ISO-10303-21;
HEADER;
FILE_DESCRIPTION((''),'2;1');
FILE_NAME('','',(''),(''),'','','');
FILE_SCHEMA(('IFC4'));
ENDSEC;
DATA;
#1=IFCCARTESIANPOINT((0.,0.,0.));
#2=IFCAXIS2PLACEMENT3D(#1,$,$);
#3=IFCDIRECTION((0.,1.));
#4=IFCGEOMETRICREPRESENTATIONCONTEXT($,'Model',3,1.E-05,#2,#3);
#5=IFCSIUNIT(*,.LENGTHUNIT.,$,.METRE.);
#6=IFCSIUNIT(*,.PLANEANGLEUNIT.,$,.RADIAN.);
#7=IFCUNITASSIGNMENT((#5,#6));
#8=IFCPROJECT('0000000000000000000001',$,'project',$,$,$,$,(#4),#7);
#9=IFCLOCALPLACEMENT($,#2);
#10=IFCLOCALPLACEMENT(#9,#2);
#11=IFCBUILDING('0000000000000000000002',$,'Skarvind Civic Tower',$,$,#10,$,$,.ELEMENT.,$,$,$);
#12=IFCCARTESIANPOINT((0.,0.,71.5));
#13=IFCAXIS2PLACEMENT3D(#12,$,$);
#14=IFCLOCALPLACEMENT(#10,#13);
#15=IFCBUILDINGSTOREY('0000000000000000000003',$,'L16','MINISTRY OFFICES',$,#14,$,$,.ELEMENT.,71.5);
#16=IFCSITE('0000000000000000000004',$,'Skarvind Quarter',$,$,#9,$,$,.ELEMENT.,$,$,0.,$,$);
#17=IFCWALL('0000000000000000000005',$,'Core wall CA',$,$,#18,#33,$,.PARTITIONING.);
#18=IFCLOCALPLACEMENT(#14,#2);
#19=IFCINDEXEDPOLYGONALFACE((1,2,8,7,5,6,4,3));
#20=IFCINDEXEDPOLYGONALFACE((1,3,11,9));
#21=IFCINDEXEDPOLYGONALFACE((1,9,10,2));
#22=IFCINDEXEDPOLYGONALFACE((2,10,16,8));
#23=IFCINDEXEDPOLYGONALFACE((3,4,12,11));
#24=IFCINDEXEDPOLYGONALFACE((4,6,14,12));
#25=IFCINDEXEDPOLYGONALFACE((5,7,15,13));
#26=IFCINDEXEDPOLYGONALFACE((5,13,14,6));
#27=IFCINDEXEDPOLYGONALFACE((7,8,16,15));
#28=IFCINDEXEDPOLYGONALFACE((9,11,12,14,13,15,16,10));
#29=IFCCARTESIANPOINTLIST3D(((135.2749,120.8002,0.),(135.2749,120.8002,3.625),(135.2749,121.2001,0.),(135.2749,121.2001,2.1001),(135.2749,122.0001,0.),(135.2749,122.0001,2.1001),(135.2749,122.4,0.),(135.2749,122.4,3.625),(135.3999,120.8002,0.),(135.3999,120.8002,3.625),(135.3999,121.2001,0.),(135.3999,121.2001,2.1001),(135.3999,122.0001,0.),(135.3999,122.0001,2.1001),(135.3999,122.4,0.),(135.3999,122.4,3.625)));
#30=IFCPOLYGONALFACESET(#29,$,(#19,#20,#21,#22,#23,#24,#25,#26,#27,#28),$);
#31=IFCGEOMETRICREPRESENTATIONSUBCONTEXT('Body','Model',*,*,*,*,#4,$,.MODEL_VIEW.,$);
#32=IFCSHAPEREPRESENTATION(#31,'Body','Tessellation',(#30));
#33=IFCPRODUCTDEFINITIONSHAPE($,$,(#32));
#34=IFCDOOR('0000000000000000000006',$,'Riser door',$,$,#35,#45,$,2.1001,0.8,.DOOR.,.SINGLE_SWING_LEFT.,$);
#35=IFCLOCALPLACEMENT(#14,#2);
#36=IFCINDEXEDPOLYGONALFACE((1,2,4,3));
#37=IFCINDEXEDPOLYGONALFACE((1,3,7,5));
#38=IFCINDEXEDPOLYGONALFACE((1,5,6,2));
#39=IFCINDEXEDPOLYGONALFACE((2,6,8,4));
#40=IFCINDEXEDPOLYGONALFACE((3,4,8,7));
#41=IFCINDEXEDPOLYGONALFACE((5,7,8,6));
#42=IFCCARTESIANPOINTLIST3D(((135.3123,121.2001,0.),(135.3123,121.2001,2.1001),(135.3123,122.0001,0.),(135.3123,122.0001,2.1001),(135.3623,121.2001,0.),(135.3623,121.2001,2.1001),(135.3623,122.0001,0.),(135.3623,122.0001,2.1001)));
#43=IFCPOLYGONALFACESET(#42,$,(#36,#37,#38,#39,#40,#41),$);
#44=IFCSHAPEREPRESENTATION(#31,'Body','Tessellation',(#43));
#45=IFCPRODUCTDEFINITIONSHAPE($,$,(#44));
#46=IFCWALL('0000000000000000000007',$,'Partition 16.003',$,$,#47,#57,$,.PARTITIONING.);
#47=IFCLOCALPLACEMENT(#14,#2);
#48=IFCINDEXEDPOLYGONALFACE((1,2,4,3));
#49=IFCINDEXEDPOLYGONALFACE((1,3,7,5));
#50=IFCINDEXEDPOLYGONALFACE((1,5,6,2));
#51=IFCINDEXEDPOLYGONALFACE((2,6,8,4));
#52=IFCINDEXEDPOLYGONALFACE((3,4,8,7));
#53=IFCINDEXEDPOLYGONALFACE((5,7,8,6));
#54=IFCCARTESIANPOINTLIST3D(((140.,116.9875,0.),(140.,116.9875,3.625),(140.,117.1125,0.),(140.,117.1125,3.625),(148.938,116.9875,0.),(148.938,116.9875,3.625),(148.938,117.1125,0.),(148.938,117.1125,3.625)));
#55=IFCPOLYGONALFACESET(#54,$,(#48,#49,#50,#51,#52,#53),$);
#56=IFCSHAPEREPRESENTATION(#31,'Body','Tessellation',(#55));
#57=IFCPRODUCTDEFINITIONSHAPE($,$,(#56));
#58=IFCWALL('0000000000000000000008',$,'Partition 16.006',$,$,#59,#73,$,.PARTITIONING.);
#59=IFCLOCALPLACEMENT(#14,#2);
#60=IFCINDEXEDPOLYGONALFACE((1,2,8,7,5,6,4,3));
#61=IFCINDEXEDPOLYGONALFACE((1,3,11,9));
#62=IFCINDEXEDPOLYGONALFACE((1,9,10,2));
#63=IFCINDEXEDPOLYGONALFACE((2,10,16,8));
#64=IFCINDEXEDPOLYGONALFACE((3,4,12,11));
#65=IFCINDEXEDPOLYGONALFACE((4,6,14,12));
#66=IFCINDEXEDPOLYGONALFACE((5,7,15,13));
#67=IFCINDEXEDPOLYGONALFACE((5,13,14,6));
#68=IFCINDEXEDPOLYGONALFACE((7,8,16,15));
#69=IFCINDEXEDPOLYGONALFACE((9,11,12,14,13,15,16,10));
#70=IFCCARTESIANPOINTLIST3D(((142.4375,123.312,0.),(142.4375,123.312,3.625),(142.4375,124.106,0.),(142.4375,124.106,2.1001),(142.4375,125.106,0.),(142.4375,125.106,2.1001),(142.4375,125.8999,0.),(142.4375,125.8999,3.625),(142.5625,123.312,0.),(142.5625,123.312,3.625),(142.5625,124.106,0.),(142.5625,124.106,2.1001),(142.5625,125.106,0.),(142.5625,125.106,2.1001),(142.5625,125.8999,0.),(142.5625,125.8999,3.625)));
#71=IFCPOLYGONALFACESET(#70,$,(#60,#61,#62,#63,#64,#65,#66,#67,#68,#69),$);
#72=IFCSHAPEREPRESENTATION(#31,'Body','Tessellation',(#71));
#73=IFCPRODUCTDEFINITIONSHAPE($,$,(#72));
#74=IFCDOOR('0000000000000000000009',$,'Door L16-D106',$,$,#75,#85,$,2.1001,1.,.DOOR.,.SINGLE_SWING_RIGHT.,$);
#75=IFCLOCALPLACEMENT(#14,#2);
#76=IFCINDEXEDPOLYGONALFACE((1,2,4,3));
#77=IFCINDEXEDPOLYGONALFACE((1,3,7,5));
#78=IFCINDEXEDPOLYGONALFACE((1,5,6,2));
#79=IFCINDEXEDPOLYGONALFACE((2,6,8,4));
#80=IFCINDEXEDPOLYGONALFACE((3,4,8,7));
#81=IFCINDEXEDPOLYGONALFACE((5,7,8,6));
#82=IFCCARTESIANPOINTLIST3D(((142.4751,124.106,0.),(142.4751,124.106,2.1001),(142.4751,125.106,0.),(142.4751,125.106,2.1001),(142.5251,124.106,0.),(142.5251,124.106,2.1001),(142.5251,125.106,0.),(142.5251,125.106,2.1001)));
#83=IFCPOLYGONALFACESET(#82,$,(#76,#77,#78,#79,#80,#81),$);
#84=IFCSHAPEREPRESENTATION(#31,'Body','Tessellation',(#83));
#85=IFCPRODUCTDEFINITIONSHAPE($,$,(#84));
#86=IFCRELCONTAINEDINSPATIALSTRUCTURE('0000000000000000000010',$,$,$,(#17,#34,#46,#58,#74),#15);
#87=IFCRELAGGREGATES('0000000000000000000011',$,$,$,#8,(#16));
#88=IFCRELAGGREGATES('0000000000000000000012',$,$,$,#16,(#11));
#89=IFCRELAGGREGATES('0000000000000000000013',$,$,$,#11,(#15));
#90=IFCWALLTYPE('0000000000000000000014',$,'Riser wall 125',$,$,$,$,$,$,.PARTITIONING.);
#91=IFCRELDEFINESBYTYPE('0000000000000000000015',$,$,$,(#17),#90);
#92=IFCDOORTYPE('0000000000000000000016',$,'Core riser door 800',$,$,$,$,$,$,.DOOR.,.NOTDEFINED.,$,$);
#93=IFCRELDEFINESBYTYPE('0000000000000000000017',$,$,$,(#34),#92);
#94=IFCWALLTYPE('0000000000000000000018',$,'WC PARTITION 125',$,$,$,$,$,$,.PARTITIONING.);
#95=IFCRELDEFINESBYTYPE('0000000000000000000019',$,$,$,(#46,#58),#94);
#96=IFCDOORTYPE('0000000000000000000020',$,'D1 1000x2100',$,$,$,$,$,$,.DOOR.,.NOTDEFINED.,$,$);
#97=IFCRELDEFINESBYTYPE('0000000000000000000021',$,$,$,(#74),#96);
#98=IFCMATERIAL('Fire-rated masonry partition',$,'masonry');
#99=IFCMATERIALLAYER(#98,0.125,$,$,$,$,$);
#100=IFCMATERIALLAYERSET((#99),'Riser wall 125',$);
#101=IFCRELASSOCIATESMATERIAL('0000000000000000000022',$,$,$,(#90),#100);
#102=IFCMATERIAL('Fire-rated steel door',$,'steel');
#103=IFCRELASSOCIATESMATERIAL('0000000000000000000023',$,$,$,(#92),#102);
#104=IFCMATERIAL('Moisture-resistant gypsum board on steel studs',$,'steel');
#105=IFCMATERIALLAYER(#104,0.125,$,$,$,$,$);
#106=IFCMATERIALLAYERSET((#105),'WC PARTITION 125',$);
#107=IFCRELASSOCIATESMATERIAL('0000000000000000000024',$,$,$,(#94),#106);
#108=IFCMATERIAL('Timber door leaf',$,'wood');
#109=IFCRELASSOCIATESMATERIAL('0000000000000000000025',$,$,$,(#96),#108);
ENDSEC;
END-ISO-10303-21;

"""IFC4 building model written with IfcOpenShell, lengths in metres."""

from ifc_helpers import new_model, si_unit, direction, frame, frame_2d, origin, place, context, subcontext, project, spatial, rectangle, extrude, material, layer, layer_set, type_object, element, fill, save


model = new_model("IFC4")

# Units and contexts
model_context = context("Model", 3, precision=1e-05, world=origin(), true_north=direction((0.0, 1.0)))
body_context = subcontext(model_context, "Body", "Model", "MODEL_VIEW")
ifc_project = project(units=[si_unit("LENGTHUNIT", "METRE"), si_unit("PLANEANGLEUNIT", "RADIAN")], contexts=[model_context])

# Site, building, storey
site_placement = place(None, origin())
site = spatial("IfcSite", under=ifc_project, at=site_placement, Name="Skarvind Quarter", CompositionType="ELEMENT", RefElevation=0.0)
building_placement = place(site_placement, origin())
building = spatial("IfcBuilding", under=site, at=building_placement, Name="Skarvind Civic Tower", CompositionType="ELEMENT")
storey_placement = place(building_placement, frame((0.0, 0.0, 71.5)))
storey = spatial("IfcBuildingStorey", under=building, at=storey_placement, Name="L16", Description="MINISTRY OFFICES", CompositionType="ELEMENT", Elevation=71.5)

# Shared definitions
ifc_material_1 = material(Name="Timber door leaf", Category="wood")
ifc_material_2 = material(Name="Fire-rated masonry partition", Category="masonry")
ifc_material_3 = material(Name="Fire-rated steel door", Category="steel")

# Wall, opening, door
ifc_layer_1 = layer(ifc_material_2, 0.125)
ifc_layer_set_1 = layer_set([ifc_layer_1], Name="Riser wall 125")
wall_type_1 = type_object("IfcWallType", Name="Riser wall 125", PredefinedType="PARTITIONING", material=ifc_layer_set_1)
wall_1_placement = place(storey_placement, frame((135.3374, 122.3999, 0.0), z_axis=(0.0, 0.0, 1.0), x_axis=(0.0, -1.0, 0.0)))
wall_1 = element("IfcWall", 1, at=wall_1_placement, inside=storey, type_object=wall_type_1, Name="Core wall CA", PredefinedType="PARTITIONING", context=body_context, shape_type="SweptSolid", body=[
    extrude(rectangle(XDim=1.5999, YDim=0.125, at=frame_2d((0.7998, 0.0))), origin(), (0.0, 0.0, 1.0), 3.625),
])
opening_1_placement = place(wall_1_placement, frame((0.3999, 0.0, 0.0)))
opening_1 = element("IfcOpeningElement", 2, at=opening_1_placement, cuts=wall_1, PredefinedType="OPENING", context=body_context, shape_type="SweptSolid", body=[
    extrude(rectangle(XDim=0.8, YDim=2.1001, at=frame_2d((0.3999, 1.05))), frame((0.0, 0.0725, 0.0), z_axis=(0.0, -1.0, 0.0), x_axis=(1.0, 0.0, 0.0)), (0.0, 0.0, 1.0), 0.145),
])
door_type_1 = type_object("IfcDoorType", Name="Core riser door 800", OperationType="NOTDEFINED", PredefinedType="DOOR", material=ifc_material_3)
door_1_placement = place(opening_1_placement, origin())
door_1 = element("IfcDoor", 3, at=door_1_placement, inside=storey, type_object=door_type_1, Name="Riser door", OperationType="SINGLE_SWING_LEFT", OverallHeight=2.1001, OverallWidth=0.8, PredefinedType="DOOR", context=body_context, shape_type="SweptSolid", body=[
    extrude(rectangle(XDim=0.8, YDim=2.1001, at=frame_2d((0.3999, 1.05))), frame((0.0, 0.0249, 0.0), z_axis=(0.0, -1.0, 0.0), x_axis=(1.0, 0.0, 0.0)), (0.0, 0.0, 1.0), 0.05),
])
fill(opening_1, door_1)

# Wall
ifc_material_4 = material(Name="Moisture-resistant gypsum board on steel studs", Category="steel")
ifc_layer_2 = layer(ifc_material_4, 0.125)
ifc_layer_set_2 = layer_set([ifc_layer_2], Name="WC PARTITION 125")
wall_type_2 = type_object("IfcWallType", Name="WC PARTITION 125", PredefinedType="PARTITIONING", material=ifc_layer_set_2)
wall_2_placement = place(storey_placement, frame((140.0, 117.05, 0.0), z_axis=(0.0, 0.0, 1.0), x_axis=(1.0, 0.0, 0.0)))
element("IfcWall", 4, at=wall_2_placement, inside=storey, type_object=wall_type_2, Name="Partition 16.003", PredefinedType="PARTITIONING", context=body_context, shape_type="SweptSolid", body=[
    extrude(rectangle(XDim=8.938, YDim=0.125, at=frame_2d((4.469, 0.0))), origin(), (0.0, 0.0, 1.0), 3.625),
])

# Wall, opening, door
wall_3_placement = place(storey_placement, frame((142.5, 123.312, 0.0), z_axis=(0.0, 0.0, 1.0), x_axis=(0.0, 1.0, 0.0)))
wall_3 = element("IfcWall", 5, at=wall_3_placement, inside=storey, type_object=wall_type_2, Name="Partition 16.006", PredefinedType="PARTITIONING", context=body_context, shape_type="SweptSolid", body=[
    extrude(rectangle(XDim=2.5879, YDim=0.125, at=frame_2d((1.2939, 0.0))), origin(), (0.0, 0.0, 1.0), 3.625),
])
opening_2_placement = place(wall_3_placement, frame((0.7939, 0.0, 0.0)))
opening_2 = element("IfcOpeningElement", 6, at=opening_2_placement, cuts=wall_3, PredefinedType="OPENING", context=body_context, shape_type="SweptSolid", body=[
    extrude(rectangle(XDim=1.0, YDim=2.1001, at=frame_2d((0.5, 1.05))), frame((0.0, 0.0725, 0.0), z_axis=(0.0, -1.0, 0.0), x_axis=(1.0, 0.0, 0.0)), (0.0, 0.0, 1.0), 0.145),
])
door_type_2 = type_object("IfcDoorType", Name="D1 1000x2100", OperationType="NOTDEFINED", PredefinedType="DOOR", material=ifc_material_1)
door_2_placement = place(opening_2_placement, origin())
door_2 = element("IfcDoor", 7, at=door_2_placement, inside=storey, type_object=door_type_2, Name="Door L16-D106", OperationType="SINGLE_SWING_RIGHT", OverallHeight=2.1001, OverallWidth=1.0, PredefinedType="DOOR", context=body_context, shape_type="SweptSolid", body=[
    extrude(rectangle(XDim=1.0, YDim=2.1001, at=frame_2d((0.5, 1.05))), frame((0.0, 0.0249, 0.0), z_axis=(0.0, -1.0, 0.0), x_axis=(1.0, 0.0, 0.0)), (0.0, 0.0, 1.0), 0.05),
])
fill(opening_2, door_2)

save(model, "model.ifc")
